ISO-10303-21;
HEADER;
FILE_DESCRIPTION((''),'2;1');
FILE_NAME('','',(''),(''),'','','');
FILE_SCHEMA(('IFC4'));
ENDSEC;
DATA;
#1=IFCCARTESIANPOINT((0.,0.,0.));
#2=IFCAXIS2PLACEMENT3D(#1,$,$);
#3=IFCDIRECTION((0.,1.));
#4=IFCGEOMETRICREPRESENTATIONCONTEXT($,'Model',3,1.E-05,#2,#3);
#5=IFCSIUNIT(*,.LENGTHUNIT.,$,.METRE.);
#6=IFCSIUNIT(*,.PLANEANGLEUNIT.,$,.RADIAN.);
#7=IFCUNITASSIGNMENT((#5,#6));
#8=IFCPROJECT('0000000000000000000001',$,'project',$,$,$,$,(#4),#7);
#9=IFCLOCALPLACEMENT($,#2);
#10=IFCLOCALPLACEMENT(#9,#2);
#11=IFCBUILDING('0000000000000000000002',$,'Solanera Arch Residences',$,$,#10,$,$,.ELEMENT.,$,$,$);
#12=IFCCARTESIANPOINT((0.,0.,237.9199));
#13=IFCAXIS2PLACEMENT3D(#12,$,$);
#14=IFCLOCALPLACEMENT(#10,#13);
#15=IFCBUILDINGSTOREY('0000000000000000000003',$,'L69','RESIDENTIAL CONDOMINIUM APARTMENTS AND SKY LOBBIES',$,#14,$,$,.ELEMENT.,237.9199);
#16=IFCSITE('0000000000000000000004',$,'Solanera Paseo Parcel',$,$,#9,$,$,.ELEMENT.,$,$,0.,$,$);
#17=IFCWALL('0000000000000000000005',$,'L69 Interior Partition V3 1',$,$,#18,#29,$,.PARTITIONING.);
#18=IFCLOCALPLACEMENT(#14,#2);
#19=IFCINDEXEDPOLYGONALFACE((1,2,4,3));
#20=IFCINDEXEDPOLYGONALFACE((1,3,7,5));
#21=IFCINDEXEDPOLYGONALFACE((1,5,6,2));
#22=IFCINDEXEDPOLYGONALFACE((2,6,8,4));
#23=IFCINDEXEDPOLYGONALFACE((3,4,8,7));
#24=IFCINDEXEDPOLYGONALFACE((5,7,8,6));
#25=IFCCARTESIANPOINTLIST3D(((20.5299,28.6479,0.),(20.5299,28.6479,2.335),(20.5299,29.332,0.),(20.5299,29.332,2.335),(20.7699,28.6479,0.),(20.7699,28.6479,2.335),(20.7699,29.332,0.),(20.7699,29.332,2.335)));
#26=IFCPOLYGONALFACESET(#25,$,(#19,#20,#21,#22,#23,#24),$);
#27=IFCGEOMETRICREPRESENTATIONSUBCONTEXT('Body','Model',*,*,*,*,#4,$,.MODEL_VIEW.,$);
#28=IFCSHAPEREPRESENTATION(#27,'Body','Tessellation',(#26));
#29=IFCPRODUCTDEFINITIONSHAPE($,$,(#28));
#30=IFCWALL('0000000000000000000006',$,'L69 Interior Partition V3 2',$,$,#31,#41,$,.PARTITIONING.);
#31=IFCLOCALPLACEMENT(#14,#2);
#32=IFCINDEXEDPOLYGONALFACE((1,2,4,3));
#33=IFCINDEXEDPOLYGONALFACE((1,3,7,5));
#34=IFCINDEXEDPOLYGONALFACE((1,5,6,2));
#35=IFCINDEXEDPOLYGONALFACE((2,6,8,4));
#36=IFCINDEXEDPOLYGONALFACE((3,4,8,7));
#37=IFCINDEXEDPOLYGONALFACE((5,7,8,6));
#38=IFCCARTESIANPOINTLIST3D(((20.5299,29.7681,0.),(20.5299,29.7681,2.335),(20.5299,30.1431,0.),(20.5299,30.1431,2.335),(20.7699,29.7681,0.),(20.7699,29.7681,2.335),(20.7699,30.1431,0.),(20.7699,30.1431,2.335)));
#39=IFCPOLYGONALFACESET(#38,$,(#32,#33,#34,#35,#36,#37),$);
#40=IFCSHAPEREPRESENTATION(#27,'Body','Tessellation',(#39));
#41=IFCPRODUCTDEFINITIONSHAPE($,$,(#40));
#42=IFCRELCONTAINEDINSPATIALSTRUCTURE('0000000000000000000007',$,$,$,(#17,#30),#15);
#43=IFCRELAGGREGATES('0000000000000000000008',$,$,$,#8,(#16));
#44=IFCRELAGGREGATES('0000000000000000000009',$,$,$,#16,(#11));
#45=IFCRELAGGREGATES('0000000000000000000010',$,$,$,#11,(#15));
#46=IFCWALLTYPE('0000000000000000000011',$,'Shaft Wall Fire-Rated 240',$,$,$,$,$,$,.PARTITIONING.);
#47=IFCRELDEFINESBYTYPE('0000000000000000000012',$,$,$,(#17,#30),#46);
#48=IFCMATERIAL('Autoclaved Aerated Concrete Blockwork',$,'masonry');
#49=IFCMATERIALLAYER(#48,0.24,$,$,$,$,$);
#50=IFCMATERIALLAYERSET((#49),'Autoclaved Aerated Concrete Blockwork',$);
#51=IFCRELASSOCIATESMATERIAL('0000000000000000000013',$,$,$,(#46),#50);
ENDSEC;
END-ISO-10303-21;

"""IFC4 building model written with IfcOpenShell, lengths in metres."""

from ifc_helpers import new_model, si_unit, direction, frame, frame_2d, origin, place, context, subcontext, project, spatial, rectangle, extrude, material, layer, layer_set, type_object, element, save


model = new_model("IFC4")

# Units and contexts
model_context = context("Model", 3, precision=1e-05, world=origin(), true_north=direction((0.0, 1.0)))
body_context = subcontext(model_context, "Body", "Model", "MODEL_VIEW")
ifc_project = project(units=[si_unit("LENGTHUNIT", "METRE"), si_unit("PLANEANGLEUNIT", "RADIAN")], contexts=[model_context])

# Site, building, storey
site_placement = place(None, origin())
site = spatial("IfcSite", under=ifc_project, at=site_placement, Name="Solanera Paseo Parcel", CompositionType="ELEMENT", RefElevation=0.0)
building_placement = place(site_placement, origin())
building = spatial("IfcBuilding", under=site, at=building_placement, Name="Solanera Arch Residences", CompositionType="ELEMENT")
storey_placement = place(building_placement, frame((0.0, 0.0, 237.9199)))
storey = spatial("IfcBuildingStorey", under=building, at=storey_placement, Name="L69", Description="RESIDENTIAL CONDOMINIUM APARTMENTS AND SKY LOBBIES", CompositionType="ELEMENT", Elevation=237.9199)

# Shared definitions
ifc_material_1 = material(Name="Autoclaved Aerated Concrete Blockwork", Category="masonry")
ifc_layer_1 = layer(ifc_material_1, 0.24)
ifc_layer_set_1 = layer_set([ifc_layer_1], Name="Autoclaved Aerated Concrete Blockwork")
wall_type_1 = type_object("IfcWallType", Name="Shaft Wall Fire-Rated 240", PredefinedType="PARTITIONING", material=ifc_layer_set_1)

# Walls
wall_1_placement = place(storey_placement, frame((20.6499, 28.6479, 0.0), z_axis=(0.0, 0.0, 1.0), x_axis=(0.0, 1.0, 0.0)))
element("IfcWall", 1, at=wall_1_placement, inside=storey, type_object=wall_type_1, Name="L69 Interior Partition V3 1", PredefinedType="PARTITIONING", context=body_context, shape_type="SweptSolid", body=[
    extrude(rectangle(XDim=0.6841, YDim=0.24, at=frame_2d((0.342, 0.0))), origin(), (0.0, 0.0, 1.0), 2.335),
])
wall_2_placement = place(storey_placement, frame((20.6499, 29.7681, 0.0), z_axis=(0.0, 0.0, 1.0), x_axis=(0.0, 1.0, 0.0)))
element("IfcWall", 2, at=wall_2_placement, inside=storey, type_object=wall_type_1, Name="L69 Interior Partition V3 2", PredefinedType="PARTITIONING", context=body_context, shape_type="SweptSolid", body=[
    extrude(rectangle(XDim=0.375, YDim=0.24, at=frame_2d((0.1875, 0.0))), origin(), (0.0, 0.0, 1.0), 2.335),
])

save(model, "model.ifc")
